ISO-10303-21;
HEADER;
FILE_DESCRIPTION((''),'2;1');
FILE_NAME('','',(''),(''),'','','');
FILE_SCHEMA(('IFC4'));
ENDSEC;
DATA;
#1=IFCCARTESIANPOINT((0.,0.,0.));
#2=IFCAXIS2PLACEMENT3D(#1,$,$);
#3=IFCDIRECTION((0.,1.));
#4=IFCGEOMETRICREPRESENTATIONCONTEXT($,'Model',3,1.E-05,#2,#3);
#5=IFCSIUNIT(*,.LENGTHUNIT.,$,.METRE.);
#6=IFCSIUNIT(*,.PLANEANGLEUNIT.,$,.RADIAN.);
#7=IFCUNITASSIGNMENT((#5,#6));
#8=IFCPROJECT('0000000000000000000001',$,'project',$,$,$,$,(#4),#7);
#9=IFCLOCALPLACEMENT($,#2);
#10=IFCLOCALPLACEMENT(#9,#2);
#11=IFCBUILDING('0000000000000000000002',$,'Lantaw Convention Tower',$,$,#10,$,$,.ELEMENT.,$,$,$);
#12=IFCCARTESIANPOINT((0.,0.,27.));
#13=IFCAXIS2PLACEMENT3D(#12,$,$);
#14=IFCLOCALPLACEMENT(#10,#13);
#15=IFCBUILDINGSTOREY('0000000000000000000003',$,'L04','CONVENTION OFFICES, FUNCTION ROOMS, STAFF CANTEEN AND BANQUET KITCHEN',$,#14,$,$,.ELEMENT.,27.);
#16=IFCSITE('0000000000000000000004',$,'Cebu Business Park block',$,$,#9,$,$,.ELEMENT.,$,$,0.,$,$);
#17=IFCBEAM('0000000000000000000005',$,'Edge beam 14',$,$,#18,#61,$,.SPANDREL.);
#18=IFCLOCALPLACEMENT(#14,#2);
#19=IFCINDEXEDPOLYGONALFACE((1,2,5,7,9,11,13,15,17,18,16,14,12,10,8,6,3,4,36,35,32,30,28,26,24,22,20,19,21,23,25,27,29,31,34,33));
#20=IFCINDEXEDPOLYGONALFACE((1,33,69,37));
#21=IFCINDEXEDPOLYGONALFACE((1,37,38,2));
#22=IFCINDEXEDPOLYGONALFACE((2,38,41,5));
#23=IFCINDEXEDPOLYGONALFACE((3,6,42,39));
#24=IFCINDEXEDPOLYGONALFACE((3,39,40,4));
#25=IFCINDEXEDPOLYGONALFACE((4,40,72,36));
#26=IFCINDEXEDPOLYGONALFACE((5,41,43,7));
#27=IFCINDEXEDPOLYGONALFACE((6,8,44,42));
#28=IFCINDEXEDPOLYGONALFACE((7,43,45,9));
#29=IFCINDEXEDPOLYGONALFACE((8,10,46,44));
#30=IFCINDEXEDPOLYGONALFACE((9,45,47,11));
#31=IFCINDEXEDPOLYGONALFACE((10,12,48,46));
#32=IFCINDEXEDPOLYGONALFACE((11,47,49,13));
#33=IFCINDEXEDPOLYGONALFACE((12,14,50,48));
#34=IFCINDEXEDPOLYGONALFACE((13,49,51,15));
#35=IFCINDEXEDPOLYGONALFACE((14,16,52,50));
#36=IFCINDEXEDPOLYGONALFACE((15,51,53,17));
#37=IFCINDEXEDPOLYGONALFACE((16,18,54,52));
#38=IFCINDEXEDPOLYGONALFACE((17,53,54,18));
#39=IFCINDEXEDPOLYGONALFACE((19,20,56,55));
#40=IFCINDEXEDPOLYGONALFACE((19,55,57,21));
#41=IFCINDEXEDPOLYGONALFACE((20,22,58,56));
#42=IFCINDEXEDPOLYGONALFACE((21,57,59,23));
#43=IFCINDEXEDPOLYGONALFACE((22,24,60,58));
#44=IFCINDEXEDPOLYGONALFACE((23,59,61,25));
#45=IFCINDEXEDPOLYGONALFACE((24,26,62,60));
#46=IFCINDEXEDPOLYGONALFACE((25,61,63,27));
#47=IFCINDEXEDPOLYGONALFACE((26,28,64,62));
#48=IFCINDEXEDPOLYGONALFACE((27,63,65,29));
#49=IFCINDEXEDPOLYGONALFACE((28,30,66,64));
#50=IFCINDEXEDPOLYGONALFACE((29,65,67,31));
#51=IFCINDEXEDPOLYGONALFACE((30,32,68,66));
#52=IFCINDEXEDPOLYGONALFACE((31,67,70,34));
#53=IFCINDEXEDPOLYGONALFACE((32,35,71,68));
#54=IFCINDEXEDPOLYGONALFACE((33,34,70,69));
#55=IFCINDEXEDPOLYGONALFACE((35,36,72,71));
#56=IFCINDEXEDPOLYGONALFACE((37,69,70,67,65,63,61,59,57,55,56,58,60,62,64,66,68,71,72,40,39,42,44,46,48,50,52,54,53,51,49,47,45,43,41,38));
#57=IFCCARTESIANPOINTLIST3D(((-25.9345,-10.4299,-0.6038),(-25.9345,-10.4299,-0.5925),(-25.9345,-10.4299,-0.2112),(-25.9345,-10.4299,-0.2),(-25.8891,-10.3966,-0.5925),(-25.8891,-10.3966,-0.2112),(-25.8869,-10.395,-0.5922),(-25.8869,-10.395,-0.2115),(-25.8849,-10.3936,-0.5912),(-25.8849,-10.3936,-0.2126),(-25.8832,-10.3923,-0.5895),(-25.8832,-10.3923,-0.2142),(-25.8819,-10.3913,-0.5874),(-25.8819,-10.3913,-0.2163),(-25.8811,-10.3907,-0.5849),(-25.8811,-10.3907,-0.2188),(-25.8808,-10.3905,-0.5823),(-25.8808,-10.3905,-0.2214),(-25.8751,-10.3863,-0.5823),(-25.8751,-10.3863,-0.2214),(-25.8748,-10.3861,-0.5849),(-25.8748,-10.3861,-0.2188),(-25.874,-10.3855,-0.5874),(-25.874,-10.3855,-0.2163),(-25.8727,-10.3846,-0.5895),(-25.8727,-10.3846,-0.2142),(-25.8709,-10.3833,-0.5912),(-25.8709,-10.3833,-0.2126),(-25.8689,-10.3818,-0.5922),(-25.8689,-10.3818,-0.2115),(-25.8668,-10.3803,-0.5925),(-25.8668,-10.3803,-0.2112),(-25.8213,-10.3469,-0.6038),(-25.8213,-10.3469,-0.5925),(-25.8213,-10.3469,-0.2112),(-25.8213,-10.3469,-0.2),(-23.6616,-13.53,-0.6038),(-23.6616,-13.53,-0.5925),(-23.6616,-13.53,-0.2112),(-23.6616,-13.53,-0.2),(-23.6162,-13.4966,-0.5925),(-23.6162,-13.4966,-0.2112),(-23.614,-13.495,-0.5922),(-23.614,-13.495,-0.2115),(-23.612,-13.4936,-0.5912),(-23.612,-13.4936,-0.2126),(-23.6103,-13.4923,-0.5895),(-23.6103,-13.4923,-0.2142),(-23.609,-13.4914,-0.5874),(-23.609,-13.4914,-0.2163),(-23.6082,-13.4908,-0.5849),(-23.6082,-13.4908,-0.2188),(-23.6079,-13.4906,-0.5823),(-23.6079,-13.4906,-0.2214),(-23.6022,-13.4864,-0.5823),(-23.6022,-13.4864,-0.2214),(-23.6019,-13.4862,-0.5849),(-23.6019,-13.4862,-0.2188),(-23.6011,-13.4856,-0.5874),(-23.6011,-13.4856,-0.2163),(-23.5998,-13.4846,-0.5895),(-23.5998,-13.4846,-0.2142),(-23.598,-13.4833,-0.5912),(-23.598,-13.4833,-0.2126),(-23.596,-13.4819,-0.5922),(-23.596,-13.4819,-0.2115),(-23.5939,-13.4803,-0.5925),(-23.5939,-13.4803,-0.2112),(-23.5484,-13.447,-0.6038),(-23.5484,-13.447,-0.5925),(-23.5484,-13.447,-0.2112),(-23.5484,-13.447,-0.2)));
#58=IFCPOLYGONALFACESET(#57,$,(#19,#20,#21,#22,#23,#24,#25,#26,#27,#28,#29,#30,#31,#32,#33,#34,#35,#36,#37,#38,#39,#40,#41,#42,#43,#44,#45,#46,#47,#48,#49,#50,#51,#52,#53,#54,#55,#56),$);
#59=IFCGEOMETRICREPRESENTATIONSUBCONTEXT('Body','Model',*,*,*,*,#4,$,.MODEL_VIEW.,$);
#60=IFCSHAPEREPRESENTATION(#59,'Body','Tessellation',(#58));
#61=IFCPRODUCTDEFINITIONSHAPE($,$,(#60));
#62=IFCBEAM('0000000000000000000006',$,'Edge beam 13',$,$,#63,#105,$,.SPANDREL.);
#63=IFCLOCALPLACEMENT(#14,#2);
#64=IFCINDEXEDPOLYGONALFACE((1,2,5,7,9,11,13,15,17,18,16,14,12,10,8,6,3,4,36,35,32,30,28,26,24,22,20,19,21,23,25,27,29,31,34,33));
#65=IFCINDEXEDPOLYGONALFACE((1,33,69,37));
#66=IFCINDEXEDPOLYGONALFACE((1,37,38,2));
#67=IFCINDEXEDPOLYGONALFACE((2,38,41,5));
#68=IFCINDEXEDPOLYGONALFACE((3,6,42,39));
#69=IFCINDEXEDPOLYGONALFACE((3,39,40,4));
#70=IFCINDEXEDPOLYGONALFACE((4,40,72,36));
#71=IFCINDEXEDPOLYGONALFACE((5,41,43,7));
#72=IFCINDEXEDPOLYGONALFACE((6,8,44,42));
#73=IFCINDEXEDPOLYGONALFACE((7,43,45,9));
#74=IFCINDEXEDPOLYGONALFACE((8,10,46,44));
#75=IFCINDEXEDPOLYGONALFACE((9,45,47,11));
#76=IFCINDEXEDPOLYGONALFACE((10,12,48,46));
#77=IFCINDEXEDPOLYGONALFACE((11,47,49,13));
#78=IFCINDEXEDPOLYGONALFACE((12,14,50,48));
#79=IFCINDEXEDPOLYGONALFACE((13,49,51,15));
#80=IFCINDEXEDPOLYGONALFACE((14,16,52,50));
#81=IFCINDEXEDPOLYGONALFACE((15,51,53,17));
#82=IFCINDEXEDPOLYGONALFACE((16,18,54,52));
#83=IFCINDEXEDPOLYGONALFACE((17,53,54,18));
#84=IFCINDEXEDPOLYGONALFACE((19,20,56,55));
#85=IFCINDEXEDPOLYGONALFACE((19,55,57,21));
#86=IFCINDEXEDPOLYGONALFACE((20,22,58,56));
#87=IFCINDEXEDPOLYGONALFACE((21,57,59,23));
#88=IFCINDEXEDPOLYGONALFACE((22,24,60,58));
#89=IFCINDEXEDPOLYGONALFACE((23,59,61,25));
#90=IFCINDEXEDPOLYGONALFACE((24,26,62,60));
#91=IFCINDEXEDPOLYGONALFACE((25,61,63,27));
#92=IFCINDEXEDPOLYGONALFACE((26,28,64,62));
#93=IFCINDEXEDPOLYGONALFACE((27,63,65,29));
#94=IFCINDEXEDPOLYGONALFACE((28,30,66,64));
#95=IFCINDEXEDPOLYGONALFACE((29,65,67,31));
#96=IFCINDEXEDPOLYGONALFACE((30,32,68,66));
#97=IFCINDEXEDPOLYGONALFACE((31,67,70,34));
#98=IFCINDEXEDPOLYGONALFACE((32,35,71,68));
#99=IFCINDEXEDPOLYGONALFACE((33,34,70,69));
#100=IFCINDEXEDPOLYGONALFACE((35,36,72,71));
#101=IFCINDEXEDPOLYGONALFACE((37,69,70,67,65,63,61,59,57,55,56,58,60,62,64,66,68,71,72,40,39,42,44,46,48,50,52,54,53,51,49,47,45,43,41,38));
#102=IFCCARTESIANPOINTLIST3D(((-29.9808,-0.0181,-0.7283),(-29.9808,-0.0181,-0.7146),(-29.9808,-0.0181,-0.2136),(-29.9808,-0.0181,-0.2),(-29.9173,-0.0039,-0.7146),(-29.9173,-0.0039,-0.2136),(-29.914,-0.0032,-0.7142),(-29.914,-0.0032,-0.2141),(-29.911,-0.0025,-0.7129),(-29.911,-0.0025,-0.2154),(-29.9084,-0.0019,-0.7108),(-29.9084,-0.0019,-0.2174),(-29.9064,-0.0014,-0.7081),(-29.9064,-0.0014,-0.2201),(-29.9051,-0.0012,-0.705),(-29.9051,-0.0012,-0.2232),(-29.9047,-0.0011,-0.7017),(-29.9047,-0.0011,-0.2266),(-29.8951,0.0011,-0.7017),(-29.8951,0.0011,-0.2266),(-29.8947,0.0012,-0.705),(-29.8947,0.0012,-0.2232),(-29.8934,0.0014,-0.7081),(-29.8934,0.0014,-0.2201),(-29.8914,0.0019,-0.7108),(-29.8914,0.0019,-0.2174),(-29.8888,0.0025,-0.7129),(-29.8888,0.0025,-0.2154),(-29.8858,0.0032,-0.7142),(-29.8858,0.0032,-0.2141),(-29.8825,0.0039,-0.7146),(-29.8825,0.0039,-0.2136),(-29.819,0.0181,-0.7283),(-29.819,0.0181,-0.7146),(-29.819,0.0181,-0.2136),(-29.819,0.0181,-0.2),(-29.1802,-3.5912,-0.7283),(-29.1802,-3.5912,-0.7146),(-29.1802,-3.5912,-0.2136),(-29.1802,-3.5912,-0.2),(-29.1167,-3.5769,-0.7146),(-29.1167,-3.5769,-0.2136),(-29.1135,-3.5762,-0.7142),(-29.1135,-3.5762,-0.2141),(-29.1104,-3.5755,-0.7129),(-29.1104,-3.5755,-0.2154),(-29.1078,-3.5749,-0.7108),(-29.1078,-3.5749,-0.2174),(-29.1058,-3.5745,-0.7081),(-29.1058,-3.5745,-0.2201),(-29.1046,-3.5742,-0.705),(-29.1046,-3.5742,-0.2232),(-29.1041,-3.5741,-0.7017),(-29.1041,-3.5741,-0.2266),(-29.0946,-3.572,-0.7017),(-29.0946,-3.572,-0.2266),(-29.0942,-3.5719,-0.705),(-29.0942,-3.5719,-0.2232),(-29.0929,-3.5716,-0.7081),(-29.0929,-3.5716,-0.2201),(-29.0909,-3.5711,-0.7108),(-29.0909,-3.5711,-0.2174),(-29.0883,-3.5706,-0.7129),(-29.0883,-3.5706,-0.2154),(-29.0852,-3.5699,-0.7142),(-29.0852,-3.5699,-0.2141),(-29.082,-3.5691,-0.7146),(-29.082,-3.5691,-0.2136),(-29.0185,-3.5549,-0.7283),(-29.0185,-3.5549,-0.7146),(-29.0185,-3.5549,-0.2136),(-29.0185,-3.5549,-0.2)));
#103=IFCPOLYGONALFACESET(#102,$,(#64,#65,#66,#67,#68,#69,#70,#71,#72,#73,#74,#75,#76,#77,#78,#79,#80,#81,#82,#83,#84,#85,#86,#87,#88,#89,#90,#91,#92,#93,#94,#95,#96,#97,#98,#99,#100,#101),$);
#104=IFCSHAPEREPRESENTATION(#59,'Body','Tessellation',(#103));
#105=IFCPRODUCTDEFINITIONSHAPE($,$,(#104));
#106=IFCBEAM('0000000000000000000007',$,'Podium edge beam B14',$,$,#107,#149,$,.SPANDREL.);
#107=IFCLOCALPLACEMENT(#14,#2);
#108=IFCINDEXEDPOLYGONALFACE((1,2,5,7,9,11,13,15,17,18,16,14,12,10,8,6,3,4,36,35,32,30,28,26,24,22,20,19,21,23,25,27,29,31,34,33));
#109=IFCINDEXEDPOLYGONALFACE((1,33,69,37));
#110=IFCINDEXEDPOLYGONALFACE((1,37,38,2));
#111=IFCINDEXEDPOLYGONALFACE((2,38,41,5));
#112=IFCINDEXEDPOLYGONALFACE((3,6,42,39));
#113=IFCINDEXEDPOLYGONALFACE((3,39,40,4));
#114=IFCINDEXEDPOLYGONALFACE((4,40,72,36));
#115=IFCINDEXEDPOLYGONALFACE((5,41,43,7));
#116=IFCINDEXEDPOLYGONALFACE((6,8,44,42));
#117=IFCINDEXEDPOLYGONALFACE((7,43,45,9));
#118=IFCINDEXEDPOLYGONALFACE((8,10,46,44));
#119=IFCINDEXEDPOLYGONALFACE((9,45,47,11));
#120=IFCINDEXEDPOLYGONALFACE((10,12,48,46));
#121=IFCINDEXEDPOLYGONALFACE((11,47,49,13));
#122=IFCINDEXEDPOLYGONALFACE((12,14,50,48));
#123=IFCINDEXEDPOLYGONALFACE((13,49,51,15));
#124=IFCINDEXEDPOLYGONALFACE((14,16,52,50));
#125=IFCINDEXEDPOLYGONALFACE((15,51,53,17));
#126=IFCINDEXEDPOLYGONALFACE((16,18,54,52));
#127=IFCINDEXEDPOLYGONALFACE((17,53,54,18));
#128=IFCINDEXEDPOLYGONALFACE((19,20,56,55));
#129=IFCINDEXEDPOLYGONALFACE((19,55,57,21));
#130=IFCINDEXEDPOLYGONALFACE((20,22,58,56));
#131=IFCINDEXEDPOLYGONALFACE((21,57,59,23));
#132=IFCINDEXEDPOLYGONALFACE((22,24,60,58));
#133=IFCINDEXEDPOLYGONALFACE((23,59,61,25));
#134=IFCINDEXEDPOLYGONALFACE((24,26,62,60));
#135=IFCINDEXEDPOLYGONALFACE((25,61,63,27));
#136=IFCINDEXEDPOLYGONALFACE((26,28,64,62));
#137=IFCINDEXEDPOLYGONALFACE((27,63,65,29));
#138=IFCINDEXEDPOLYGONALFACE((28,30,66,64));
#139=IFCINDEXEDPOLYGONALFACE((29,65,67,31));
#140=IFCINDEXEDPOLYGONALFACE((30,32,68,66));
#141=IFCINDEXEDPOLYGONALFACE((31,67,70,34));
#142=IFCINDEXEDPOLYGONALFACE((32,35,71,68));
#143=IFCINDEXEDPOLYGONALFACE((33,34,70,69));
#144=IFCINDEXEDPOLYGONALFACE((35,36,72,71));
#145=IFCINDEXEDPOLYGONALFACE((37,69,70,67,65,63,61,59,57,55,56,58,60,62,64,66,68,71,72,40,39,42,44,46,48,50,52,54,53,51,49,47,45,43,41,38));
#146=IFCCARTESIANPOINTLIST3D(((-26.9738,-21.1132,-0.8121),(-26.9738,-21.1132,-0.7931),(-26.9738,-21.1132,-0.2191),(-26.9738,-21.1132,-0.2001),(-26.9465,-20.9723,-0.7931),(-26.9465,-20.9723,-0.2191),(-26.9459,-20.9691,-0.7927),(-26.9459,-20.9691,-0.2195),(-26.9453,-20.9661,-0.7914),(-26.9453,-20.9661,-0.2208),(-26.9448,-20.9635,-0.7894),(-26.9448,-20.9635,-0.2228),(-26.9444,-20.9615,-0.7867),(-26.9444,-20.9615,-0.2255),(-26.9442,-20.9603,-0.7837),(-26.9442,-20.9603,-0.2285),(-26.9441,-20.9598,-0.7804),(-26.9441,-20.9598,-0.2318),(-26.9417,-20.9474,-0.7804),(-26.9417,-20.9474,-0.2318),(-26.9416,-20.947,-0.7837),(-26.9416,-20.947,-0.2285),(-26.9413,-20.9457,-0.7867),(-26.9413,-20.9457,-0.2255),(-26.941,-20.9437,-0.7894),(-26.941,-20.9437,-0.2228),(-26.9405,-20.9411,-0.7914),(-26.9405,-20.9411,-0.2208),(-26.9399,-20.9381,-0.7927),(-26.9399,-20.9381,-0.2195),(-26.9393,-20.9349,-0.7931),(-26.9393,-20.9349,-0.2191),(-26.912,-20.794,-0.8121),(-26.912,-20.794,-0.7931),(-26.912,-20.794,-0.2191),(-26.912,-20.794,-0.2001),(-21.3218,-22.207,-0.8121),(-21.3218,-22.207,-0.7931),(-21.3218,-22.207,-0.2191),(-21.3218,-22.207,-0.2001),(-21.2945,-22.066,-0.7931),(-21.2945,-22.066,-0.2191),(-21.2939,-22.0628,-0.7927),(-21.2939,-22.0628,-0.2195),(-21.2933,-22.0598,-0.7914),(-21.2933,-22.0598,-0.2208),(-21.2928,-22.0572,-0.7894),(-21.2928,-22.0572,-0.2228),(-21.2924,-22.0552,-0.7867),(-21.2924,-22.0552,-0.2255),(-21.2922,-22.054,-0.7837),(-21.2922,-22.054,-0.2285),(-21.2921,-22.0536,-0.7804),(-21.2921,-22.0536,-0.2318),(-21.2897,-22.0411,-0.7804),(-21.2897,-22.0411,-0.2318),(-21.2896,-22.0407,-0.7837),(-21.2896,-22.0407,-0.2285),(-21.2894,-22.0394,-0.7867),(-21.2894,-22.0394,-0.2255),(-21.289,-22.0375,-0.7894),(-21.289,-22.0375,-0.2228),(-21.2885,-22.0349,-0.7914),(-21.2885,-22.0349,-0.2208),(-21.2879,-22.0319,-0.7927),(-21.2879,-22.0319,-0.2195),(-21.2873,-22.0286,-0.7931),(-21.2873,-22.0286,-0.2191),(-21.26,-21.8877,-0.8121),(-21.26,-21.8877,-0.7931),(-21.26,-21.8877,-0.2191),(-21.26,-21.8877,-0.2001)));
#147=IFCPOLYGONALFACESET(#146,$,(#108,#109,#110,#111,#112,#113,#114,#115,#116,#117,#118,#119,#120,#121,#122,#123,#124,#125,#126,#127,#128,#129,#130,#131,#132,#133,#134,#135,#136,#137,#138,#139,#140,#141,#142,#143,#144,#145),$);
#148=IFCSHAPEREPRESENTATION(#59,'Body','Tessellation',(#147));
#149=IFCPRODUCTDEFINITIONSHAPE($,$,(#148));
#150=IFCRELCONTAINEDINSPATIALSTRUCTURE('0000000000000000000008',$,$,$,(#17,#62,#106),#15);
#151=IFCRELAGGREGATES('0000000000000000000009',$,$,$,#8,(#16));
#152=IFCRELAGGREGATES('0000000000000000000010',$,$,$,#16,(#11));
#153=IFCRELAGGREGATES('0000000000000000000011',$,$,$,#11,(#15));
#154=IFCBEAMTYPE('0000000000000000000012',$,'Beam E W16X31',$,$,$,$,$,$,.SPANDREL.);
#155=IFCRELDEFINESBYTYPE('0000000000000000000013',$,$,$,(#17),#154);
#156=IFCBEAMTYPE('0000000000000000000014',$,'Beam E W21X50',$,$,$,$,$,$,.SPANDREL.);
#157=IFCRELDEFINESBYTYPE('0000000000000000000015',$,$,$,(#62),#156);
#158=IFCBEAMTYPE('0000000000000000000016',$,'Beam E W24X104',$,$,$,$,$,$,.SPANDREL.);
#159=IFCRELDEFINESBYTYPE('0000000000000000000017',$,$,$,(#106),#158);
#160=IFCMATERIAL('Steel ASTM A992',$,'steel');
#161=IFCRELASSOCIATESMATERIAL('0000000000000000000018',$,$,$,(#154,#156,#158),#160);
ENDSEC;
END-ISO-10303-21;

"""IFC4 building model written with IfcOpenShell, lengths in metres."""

from ifc_helpers import new_model, si_unit, direction, frame, origin, origin_2d, place, context, subcontext, project, spatial, i_section, extrude, material, material_profile, profile_set, type_object, element, save


model = new_model("IFC4")

# Units and contexts
model_context = context("Model", 3, precision=1e-05, world=origin(), true_north=direction((0.0, 1.0)))
body_context = subcontext(model_context, "Body", "Model", "MODEL_VIEW")
ifc_project = project(units=[si_unit("LENGTHUNIT", "METRE"), si_unit("PLANEANGLEUNIT", "RADIAN")], contexts=[model_context])

# Site, building, storey
site_placement = place(None, origin())
site = spatial("IfcSite", under=ifc_project, at=site_placement, Name="Cebu Business Park block", CompositionType="ELEMENT", RefElevation=0.0)
building_placement = place(site_placement, origin())
building = spatial("IfcBuilding", under=site, at=building_placement, Name="Lantaw Convention Tower", CompositionType="ELEMENT")
storey_placement = place(building_placement, frame((0.0, 0.0, 27.0)))
storey = spatial("IfcBuildingStorey", under=building, at=storey_placement, Name="L04", Description="CONVENTION OFFICES, FUNCTION ROOMS, STAFF CANTEEN AND BANQUET KITCHEN", CompositionType="ELEMENT", Elevation=27.0)

# Beams
ifc_material_1 = material(Name="Steel ASTM A992", Category="steel")
ifc_material_profile_1 = material_profile(ifc_material_1, i_section(OverallWidth=0.1404, OverallDepth=0.4038, WebThickness=0.0071, FlangeThickness=0.0112, FilletRadius=0.0103, at=origin_2d()), Name="W16X31")
ifc_profile_set_1 = profile_set([ifc_material_profile_1], Name="Steel ASTM A992")
beam_type_1 = type_object("IfcBeamType", Name="Beam E W16X31", PredefinedType="SPANDREL", material=ifc_profile_set_1)
beam_1_placement = place(storey_placement, frame((-25.8779, -10.3884, -0.4019), z_axis=(0.591287, -0.806462, 0.0), x_axis=(0.806462, 0.591287, 0.0)))
element("IfcBeam", 1, at=beam_1_placement, inside=storey, type_object=beam_type_1, Name="Edge beam 14", PredefinedType="SPANDREL", context=body_context, shape_type="SweptSolid", body=[
    extrude(i_section(OverallWidth=0.1404, OverallDepth=0.4038, WebThickness=0.0071, FlangeThickness=0.0112, FilletRadius=0.0103, at=origin_2d()), origin(), (0.0, 0.0, 1.0), 3.844),
])
ifc_material_profile_2 = material_profile(ifc_material_1, i_section(OverallWidth=0.1658, OverallDepth=0.5283, WebThickness=0.0098, FlangeThickness=0.0137, FilletRadius=0.0129, at=origin_2d()), Name="W21X50")
ifc_profile_set_2 = profile_set([ifc_material_profile_2], Name="Steel ASTM A992")
beam_type_2 = type_object("IfcBeamType", Name="Beam E W21X50", PredefinedType="SPANDREL", material=ifc_profile_set_2)
beam_2_placement = place(storey_placement, frame((-29.8999, 0.0, -0.4641), z_axis=(0.218632, -0.975807, 0.0), x_axis=(0.975807, 0.218632, 0.0)))
element("IfcBeam", 2, at=beam_2_placement, inside=storey, type_object=beam_type_2, Name="Edge beam 13", PredefinedType="SPANDREL", context=body_context, shape_type="SweptSolid", body=[
    extrude(i_section(OverallWidth=0.1658, OverallDepth=0.5283, WebThickness=0.0098, FlangeThickness=0.0137, FilletRadius=0.0129, at=origin_2d()), origin(), (0.0, 0.0, 1.0), 3.6616),
])
ifc_material_profile_3 = material_profile(ifc_material_1, i_section(OverallWidth=0.3252, OverallDepth=0.6121, WebThickness=0.0127, FlangeThickness=0.019, FilletRadius=0.0127, at=origin_2d()), Name="W24X104")
ifc_profile_set_3 = profile_set([ifc_material_profile_3], Name="Steel ASTM A992")
beam_type_3 = type_object("IfcBeamType", Name="Beam E W24X104", PredefinedType="SPANDREL", material=ifc_profile_set_3)
beam_3_placement = place(storey_placement, frame((-26.9429, -20.9536, -0.5061), z_axis=(0.981786, -0.189988, 0.0), x_axis=(0.189988, 0.981786, 0.0)))
element("IfcBeam", 3, at=beam_3_placement, inside=storey, type_object=beam_type_3, Name="Podium edge beam B14", PredefinedType="SPANDREL", context=body_context, shape_type="SweptSolid", body=[
    extrude(i_section(OverallWidth=0.3252, OverallDepth=0.6121, WebThickness=0.0127, FlangeThickness=0.019, FilletRadius=0.0127, at=origin_2d()), origin(), (0.0, 0.0, 1.0), 5.7568),
])

save(model, "model.ifc")
